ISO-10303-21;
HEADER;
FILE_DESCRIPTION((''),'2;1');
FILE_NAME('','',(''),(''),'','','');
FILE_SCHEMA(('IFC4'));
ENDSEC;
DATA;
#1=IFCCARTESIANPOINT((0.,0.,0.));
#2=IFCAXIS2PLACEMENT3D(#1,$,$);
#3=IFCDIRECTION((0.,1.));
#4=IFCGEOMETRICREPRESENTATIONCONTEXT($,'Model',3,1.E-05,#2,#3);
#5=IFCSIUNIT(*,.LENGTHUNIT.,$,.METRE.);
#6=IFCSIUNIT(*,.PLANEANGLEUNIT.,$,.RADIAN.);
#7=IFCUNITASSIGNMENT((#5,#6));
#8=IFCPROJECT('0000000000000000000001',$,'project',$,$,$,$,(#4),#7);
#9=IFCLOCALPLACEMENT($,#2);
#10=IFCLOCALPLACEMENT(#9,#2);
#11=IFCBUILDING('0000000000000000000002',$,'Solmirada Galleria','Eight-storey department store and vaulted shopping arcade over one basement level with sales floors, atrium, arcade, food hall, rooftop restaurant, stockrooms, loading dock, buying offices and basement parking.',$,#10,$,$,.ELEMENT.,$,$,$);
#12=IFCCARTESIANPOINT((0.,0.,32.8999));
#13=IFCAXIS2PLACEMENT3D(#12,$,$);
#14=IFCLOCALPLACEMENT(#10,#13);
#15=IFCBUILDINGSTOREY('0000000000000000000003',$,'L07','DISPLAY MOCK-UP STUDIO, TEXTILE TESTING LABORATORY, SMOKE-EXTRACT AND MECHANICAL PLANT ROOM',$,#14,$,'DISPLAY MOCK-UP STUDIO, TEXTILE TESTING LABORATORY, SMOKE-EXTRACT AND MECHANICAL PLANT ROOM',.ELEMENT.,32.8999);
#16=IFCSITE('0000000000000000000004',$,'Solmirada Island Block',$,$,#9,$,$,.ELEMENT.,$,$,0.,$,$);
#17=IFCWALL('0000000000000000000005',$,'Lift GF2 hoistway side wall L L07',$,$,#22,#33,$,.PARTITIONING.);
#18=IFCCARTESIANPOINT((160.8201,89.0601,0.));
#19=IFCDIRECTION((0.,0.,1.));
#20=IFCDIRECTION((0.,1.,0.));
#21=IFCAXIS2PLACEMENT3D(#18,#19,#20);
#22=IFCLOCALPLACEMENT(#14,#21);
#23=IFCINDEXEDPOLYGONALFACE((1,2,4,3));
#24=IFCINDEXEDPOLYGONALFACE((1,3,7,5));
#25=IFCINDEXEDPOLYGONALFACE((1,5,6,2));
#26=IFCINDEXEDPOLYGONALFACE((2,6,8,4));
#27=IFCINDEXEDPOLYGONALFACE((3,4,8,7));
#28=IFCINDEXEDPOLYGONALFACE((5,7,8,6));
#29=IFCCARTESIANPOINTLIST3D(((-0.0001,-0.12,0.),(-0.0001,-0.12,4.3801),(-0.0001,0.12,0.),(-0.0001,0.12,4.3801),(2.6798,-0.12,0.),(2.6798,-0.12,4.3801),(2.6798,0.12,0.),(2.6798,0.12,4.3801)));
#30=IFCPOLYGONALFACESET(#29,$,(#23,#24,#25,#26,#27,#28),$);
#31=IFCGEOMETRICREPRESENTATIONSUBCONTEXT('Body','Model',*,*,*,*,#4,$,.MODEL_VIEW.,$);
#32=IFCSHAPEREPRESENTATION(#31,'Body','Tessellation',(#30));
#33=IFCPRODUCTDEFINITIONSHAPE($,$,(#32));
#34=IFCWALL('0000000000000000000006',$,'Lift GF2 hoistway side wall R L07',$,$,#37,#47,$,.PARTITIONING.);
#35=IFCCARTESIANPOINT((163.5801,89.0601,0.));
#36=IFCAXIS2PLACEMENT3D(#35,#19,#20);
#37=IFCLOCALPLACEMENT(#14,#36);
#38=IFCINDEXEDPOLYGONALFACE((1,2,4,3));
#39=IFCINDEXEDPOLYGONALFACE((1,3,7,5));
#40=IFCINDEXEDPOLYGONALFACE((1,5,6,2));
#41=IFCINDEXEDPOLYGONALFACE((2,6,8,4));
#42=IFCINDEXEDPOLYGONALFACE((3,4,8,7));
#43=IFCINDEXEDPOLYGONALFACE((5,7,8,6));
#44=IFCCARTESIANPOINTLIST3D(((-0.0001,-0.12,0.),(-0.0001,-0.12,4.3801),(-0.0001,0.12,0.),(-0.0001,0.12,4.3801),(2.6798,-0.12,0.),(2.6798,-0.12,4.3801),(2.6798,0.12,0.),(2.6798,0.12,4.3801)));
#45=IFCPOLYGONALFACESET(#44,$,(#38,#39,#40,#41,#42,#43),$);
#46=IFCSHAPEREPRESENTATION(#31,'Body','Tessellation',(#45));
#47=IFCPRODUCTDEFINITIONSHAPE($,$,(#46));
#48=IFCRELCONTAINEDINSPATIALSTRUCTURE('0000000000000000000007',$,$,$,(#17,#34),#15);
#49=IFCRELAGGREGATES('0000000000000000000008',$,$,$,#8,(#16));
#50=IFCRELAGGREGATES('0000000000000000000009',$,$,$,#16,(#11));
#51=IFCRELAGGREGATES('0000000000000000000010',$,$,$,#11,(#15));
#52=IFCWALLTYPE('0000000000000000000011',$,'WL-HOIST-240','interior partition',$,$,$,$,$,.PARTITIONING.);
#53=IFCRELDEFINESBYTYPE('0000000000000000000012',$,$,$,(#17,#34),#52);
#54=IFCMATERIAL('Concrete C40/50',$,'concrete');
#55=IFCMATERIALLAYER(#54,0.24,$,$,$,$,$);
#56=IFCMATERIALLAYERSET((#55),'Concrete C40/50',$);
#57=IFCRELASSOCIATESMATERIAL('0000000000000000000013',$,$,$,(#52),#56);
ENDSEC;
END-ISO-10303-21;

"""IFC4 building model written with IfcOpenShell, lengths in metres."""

from ifc_helpers import new_model, si_unit, direction, frame, frame_2d, origin, place, context, subcontext, project, spatial, rectangle, extrude, material, layer, layer_set, type_object, element, save


model = new_model("IFC4")

# Units and contexts
model_context = context("Model", 3, precision=1e-05, world=origin(), true_north=direction((0.0, 1.0)))
body_context = subcontext(model_context, "Body", "Model", "MODEL_VIEW")
ifc_project = project(units=[si_unit("LENGTHUNIT", "METRE"), si_unit("PLANEANGLEUNIT", "RADIAN")], contexts=[model_context])

# Site, building, storey
site_placement = place(None, origin())
site = spatial("IfcSite", under=ifc_project, at=site_placement, Name="Solmirada Island Block", CompositionType="ELEMENT", RefElevation=0.0)
building_placement = place(site_placement, origin())
building = spatial("IfcBuilding", under=site, at=building_placement, Name="Solmirada Galleria", Description="Eight-storey department store and vaulted shopping arcade over one basement level with sales floors, atrium, arcade, food hall, rooftop restaurant, stockrooms, loading dock, buying offices and basement parking.", CompositionType="ELEMENT")
storey_placement = place(building_placement, frame((0.0, 0.0, 32.8999)))
storey = spatial("IfcBuildingStorey", under=building, at=storey_placement, Name="L07", Description="DISPLAY MOCK-UP STUDIO, TEXTILE TESTING LABORATORY, SMOKE-EXTRACT AND MECHANICAL PLANT ROOM", LongName="DISPLAY MOCK-UP STUDIO, TEXTILE TESTING LABORATORY, SMOKE-EXTRACT AND MECHANICAL PLANT ROOM", CompositionType="ELEMENT", Elevation=32.8999)

# Shared definitions
ifc_material_1 = material(Name="Concrete C40/50", Category="concrete")

# Shared definitions
ifc_layer_1 = layer(ifc_material_1, 0.24)
ifc_layer_set_1 = layer_set([ifc_layer_1], Name="Concrete C40/50")
wall_type_1 = type_object("IfcWallType", Name="WL-HOIST-240", Description="interior partition", PredefinedType="PARTITIONING", material=ifc_layer_set_1)

# Walls
for number, where, z_axis, x_axis, name in (
    (1, (160.8201, 89.0601, 0.0), (0.0, 0.0, 1.0), (0.0, 1.0, 0.0), "Lift GF2 hoistway side wall L L07"),
    (2, (163.5801, 89.0601, 0.0), (0.0, 0.0, 1.0), (0.0, 1.0, 0.0), "Lift GF2 hoistway side wall R L07"),
):
    element("IfcWall", number, at=place(storey_placement, frame(where, z_axis=z_axis, x_axis=x_axis)), inside=storey, type_object=wall_type_1, Name=name, PredefinedType="PARTITIONING", context=body_context, shape_type="SweptSolid", body=[
        extrude(rectangle(XDim=2.6799, YDim=0.24, at=frame_2d((1.3398, 0.0))), origin(), (0.0, 0.0, 1.0), 4.3801),
    ])

save(model, "model.ifc")
